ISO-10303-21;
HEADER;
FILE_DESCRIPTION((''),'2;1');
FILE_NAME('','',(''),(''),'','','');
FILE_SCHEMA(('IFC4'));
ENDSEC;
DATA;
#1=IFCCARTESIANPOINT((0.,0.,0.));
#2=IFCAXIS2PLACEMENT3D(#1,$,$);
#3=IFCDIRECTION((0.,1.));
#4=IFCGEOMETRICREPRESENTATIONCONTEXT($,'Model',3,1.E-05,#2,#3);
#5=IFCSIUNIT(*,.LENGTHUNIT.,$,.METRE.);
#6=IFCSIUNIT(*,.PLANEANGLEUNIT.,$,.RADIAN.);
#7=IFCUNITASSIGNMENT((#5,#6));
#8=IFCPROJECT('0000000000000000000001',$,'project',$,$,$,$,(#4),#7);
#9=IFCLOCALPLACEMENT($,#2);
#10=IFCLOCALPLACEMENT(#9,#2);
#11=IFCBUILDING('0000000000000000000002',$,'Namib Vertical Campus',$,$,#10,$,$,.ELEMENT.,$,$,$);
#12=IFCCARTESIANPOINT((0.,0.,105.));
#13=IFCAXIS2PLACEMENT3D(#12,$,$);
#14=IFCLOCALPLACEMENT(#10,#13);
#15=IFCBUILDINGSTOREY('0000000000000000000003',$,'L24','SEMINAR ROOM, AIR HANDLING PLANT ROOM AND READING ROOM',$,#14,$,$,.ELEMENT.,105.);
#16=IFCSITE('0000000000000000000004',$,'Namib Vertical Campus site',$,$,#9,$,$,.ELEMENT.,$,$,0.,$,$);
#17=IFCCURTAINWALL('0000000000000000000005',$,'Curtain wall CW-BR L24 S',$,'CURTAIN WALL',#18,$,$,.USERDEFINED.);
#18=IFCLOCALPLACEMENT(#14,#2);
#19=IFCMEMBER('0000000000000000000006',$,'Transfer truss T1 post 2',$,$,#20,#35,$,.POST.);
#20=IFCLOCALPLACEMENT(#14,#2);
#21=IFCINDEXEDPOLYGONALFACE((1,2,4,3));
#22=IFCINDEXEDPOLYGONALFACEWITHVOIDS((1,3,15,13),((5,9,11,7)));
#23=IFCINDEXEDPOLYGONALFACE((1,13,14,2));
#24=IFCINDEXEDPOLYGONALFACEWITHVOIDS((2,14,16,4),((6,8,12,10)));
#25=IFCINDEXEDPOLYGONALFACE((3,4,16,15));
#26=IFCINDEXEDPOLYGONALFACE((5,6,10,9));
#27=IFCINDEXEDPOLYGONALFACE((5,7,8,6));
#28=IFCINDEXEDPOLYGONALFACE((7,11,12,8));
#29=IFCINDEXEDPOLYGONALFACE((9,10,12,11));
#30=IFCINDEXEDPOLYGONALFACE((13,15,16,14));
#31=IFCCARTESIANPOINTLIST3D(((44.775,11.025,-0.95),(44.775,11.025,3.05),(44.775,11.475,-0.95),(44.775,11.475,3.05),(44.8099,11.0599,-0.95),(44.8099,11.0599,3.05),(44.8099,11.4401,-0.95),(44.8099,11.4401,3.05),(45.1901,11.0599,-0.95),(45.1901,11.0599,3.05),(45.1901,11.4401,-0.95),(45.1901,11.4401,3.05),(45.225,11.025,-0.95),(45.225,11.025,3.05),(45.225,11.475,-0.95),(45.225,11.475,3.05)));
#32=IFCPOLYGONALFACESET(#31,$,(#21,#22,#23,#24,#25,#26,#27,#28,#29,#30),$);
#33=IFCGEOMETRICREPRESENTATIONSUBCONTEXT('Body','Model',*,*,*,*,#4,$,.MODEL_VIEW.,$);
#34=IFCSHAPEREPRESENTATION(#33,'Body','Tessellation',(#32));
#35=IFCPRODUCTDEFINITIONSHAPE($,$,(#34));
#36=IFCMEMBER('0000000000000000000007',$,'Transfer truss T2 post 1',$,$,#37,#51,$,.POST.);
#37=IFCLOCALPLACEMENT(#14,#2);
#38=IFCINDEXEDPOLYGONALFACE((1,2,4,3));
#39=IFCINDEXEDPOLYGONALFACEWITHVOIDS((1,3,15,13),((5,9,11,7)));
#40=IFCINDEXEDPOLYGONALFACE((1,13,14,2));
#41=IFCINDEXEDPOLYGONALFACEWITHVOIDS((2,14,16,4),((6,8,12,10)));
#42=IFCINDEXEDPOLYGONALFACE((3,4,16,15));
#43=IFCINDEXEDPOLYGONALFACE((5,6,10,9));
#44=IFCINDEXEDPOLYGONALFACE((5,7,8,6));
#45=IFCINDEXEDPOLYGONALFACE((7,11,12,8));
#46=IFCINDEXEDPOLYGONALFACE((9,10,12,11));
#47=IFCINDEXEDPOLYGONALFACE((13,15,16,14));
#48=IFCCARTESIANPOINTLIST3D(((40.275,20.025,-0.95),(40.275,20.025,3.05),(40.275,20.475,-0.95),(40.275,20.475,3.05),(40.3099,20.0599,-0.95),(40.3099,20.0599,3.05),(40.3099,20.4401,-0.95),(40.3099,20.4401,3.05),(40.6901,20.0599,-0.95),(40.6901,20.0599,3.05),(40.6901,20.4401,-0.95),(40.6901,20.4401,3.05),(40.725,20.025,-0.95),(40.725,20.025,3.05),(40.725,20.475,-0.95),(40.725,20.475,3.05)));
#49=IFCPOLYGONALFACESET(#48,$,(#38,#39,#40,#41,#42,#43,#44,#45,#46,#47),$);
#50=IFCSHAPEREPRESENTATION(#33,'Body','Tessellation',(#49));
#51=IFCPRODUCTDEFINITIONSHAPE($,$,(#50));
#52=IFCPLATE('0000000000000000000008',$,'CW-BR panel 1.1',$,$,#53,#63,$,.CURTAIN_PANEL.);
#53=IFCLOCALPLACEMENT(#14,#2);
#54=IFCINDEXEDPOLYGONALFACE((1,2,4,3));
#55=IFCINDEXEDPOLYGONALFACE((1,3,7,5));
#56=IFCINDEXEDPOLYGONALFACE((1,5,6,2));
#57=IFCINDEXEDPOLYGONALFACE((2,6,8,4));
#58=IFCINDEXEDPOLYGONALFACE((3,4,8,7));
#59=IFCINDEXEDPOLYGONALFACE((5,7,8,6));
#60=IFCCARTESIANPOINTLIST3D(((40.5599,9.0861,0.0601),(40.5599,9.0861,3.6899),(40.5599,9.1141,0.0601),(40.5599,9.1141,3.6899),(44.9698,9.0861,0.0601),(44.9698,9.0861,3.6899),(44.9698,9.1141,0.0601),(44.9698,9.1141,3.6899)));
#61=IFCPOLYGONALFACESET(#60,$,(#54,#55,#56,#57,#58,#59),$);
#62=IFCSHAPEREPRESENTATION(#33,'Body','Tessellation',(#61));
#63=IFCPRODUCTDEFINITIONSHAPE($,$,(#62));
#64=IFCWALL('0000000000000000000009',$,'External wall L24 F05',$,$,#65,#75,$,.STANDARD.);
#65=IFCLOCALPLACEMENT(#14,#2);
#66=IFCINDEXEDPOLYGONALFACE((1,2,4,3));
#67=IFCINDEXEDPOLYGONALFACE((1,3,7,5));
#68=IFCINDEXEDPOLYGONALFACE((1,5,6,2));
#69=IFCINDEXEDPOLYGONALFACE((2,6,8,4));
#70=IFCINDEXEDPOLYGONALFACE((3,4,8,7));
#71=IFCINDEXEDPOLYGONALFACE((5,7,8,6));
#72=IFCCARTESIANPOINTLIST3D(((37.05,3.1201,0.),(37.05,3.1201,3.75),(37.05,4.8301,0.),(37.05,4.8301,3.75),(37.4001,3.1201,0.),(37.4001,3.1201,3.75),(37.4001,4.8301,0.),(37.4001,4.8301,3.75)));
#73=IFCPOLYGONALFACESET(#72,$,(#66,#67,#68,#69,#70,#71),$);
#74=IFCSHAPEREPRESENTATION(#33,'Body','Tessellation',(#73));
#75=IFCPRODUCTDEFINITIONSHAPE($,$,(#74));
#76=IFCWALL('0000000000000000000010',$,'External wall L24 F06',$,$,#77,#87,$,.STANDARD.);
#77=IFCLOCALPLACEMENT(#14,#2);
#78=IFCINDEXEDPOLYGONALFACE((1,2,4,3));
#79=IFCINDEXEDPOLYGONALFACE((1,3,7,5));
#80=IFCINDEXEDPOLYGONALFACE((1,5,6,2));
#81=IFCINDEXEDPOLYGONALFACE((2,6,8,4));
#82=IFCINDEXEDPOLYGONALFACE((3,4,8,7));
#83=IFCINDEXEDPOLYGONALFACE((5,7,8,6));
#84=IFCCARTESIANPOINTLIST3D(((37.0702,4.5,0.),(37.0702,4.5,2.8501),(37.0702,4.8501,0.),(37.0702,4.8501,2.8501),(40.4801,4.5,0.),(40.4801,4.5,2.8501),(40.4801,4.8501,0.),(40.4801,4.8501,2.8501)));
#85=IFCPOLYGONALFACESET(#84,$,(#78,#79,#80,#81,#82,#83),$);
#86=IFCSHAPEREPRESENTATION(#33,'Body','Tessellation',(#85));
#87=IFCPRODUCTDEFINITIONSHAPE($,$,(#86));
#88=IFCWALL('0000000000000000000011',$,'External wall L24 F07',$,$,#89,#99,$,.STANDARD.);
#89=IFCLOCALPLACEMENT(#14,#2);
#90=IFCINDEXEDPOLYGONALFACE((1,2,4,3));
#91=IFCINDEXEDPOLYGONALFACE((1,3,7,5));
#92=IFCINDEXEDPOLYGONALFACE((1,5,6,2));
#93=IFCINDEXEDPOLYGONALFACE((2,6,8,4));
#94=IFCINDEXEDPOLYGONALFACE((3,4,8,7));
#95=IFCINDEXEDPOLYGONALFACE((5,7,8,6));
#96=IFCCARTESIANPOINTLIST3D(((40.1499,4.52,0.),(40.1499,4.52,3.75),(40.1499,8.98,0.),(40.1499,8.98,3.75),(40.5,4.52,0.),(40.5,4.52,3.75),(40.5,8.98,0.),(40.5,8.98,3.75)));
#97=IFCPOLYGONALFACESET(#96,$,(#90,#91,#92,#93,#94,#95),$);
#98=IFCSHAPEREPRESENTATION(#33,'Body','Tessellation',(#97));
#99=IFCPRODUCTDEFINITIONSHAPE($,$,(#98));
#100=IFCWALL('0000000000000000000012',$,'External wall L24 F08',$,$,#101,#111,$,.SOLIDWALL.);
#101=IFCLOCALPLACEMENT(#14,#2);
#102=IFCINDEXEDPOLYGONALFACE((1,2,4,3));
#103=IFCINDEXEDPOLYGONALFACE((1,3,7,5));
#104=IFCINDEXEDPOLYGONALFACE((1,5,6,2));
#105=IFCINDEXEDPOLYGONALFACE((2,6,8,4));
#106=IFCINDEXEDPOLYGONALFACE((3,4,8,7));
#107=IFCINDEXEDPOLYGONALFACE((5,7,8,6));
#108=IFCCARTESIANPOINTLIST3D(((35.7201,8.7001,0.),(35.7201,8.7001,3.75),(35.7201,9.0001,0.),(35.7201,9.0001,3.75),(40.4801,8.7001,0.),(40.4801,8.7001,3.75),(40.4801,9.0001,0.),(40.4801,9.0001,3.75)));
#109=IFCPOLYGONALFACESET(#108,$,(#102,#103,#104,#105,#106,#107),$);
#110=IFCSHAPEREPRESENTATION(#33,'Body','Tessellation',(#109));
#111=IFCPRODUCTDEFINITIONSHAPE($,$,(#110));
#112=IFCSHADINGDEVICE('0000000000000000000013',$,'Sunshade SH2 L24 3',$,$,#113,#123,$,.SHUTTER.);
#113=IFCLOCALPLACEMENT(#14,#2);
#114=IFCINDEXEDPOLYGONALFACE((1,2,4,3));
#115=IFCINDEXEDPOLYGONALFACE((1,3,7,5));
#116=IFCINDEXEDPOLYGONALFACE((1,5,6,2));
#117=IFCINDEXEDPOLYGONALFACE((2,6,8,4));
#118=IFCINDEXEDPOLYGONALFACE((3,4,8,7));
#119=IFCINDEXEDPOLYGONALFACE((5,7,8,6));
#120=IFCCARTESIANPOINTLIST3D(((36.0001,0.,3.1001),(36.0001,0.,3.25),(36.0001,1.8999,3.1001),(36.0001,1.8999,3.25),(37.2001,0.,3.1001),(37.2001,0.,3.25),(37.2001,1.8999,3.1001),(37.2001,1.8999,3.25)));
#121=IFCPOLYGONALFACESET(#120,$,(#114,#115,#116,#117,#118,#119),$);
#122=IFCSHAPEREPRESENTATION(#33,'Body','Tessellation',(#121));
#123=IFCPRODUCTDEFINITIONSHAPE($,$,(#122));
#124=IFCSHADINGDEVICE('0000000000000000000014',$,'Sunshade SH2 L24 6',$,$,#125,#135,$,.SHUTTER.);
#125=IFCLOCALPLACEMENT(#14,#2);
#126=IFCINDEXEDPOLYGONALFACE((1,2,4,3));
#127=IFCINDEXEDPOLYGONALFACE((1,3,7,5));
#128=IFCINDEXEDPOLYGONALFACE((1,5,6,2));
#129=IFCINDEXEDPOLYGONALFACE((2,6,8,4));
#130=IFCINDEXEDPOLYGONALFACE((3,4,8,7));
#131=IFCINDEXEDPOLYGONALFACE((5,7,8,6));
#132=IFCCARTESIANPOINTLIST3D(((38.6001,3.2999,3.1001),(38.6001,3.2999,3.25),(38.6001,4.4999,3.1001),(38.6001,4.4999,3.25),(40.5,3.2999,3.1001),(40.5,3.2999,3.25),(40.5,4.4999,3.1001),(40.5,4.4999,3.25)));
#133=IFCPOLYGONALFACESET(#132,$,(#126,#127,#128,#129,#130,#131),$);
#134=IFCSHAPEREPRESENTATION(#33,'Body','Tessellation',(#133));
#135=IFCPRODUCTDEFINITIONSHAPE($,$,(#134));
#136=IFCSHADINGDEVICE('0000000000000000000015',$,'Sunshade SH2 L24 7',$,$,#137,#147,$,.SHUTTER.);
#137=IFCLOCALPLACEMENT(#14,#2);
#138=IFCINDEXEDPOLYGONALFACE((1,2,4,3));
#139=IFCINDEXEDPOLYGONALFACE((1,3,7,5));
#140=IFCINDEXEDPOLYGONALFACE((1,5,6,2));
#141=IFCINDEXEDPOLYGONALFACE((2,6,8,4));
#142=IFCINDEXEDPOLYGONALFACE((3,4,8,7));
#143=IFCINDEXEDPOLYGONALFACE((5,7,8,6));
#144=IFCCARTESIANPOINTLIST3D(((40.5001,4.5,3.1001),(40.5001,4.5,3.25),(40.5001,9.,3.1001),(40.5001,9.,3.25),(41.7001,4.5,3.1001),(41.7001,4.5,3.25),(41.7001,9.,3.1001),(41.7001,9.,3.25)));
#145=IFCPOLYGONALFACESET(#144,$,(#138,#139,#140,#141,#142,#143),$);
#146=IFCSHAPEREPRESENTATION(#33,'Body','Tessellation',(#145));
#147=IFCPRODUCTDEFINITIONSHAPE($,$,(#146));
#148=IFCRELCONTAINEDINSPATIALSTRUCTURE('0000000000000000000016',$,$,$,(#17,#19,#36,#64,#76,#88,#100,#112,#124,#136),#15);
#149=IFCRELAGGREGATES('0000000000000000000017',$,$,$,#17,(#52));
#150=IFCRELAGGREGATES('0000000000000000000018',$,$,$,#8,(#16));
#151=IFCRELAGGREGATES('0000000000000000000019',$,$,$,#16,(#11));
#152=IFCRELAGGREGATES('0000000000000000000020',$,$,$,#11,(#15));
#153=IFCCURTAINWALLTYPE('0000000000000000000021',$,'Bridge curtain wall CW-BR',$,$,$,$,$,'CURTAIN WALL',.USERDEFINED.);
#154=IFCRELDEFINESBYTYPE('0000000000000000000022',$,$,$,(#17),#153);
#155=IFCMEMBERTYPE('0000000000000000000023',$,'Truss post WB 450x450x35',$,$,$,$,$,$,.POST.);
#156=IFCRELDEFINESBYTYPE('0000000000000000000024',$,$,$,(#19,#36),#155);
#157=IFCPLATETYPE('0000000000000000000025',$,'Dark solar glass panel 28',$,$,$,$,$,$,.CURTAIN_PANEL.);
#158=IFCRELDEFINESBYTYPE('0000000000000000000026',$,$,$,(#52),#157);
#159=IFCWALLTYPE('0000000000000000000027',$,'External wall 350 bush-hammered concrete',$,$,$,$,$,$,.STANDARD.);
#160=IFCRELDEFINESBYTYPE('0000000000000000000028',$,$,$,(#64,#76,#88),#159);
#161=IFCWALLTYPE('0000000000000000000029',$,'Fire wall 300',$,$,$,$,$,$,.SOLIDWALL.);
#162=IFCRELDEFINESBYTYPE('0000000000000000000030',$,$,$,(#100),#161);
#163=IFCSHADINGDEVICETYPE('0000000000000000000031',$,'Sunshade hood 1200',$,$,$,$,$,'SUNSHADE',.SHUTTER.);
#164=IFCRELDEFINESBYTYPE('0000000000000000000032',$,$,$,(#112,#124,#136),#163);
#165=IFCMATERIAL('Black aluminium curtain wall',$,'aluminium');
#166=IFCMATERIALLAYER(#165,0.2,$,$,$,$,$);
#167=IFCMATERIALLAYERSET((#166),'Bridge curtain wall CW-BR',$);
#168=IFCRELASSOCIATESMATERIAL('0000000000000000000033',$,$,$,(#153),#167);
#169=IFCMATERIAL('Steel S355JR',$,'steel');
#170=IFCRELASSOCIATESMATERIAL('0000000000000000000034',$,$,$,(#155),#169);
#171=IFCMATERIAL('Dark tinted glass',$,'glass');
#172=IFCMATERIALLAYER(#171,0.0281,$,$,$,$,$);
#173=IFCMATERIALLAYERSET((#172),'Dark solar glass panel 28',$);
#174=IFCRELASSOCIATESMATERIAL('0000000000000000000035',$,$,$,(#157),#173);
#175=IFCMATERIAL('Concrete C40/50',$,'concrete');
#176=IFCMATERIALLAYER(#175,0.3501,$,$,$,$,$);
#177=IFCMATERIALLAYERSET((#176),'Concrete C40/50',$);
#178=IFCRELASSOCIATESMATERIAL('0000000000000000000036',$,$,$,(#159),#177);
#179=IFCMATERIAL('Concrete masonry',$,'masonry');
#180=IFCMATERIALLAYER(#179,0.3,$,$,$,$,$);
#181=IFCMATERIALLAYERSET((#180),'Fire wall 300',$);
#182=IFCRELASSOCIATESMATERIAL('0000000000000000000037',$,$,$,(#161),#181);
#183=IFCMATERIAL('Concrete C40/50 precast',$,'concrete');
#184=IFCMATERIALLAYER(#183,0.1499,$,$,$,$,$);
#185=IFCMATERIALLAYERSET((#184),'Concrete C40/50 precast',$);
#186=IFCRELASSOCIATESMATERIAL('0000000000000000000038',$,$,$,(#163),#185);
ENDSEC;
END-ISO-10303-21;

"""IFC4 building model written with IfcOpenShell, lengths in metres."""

from ifc_helpers import new_model, si_unit, direction, frame, frame_2d, origin, origin_2d, place, context, subcontext, project, spatial, rectangle, hollow_rectangle, extrude, material, layer, layer_set, material_profile, profile_set, type_object, element, aggregate, save


model = new_model("IFC4")

# Units and contexts
model_context = context("Model", 3, precision=1e-05, world=origin(), true_north=direction((0.0, 1.0)))
body_context = subcontext(model_context, "Body", "Model", "MODEL_VIEW")
ifc_project = project(units=[si_unit("LENGTHUNIT", "METRE"), si_unit("PLANEANGLEUNIT", "RADIAN")], contexts=[model_context])

# Site, building, storey
site_placement = place(None, origin())
site = spatial("IfcSite", under=ifc_project, at=site_placement, Name="Namib Vertical Campus site", CompositionType="ELEMENT", RefElevation=0.0)
building_placement = place(site_placement, origin())
building = spatial("IfcBuilding", under=site, at=building_placement, Name="Namib Vertical Campus", CompositionType="ELEMENT")
storey_placement = place(building_placement, frame((0.0, 0.0, 105.0)))
storey = spatial("IfcBuildingStorey", under=building, at=storey_placement, Name="L24", Description="SEMINAR ROOM, AIR HANDLING PLANT ROOM AND READING ROOM", CompositionType="ELEMENT", Elevation=105.0)

# Curtain wall
ifc_material_1 = material(Name="Black aluminium curtain wall", Category="aluminium")
ifc_layer_1 = layer(ifc_material_1, 0.2)
ifc_layer_set_1 = layer_set([ifc_layer_1], Name="Bridge curtain wall CW-BR")
curtain_wall_type = type_object("IfcCurtainWallType", Name="Bridge curtain wall CW-BR", ElementType="CURTAIN WALL", PredefinedType="USERDEFINED", material=ifc_layer_set_1)
curtain_wall_placement = place(storey_placement, origin())
curtain_wall = element("IfcCurtainWall", 1, at=curtain_wall_placement, inside=storey, type_object=curtain_wall_type, Name="Curtain wall CW-BR L24 S", ObjectType="CURTAIN WALL", PredefinedType="USERDEFINED")

# Members
ifc_material_2 = material(Name="Steel S355JR", Category="steel")
ifc_material_profile_1 = material_profile(ifc_material_2, hollow_rectangle(XDim=0.45, YDim=0.45, WallThickness=0.0349, at=origin_2d()))
ifc_profile_set_1 = profile_set([ifc_material_profile_1], Name="Steel S355JR")
member_type_1 = type_object("IfcMemberType", Name="Truss post WB 450x450x35", PredefinedType="POST", material=ifc_profile_set_1)
for number, where, z_axis, x_axis, name in (
    (2, (45.0, 11.25, -0.95), (0.0, 0.0, 1.0), (1.0, 0.0, 0.0), "Transfer truss T1 post 2"),
    (3, (40.5, 20.25, -0.95), (0.0, 0.0, 1.0), (1.0, 0.0, 0.0), "Transfer truss T2 post 1"),
):
    element("IfcMember", number, at=place(storey_placement, frame(where, z_axis=z_axis, x_axis=x_axis)), inside=storey, type_object=member_type_1, Name=name, PredefinedType="POST", context=body_context, shape_type="SweptSolid", body=[
        extrude(hollow_rectangle(XDim=0.45, YDim=0.45, WallThickness=0.0349, at=origin_2d()), origin(), (0.0, 0.0, 1.0), 4.0),
    ])

# Plate
ifc_material_3 = material(Name="Dark tinted glass", Category="glass")
ifc_layer_2 = layer(ifc_material_3, 0.0281)
ifc_layer_set_2 = layer_set([ifc_layer_2], Name="Dark solar glass panel 28")
plate_type = type_object("IfcPlateType", Name="Dark solar glass panel 28", PredefinedType="CURTAIN_PANEL", material=ifc_layer_set_2)
plate_placement = place(storey_placement, frame((42.7649, 9.1001, 0.0601), z_axis=(0.0, 0.0, 1.0), x_axis=(1.0, 0.0, 0.0)))
plate = element("IfcPlate", 4, at=plate_placement, type_object=plate_type, Name="CW-BR panel 1.1", PredefinedType="CURTAIN_PANEL", context=body_context, shape_type="SweptSolid", body=[
    extrude(rectangle(XDim=4.4099, YDim=0.0281, at=origin_2d()), origin(), (0.0, 0.0, 1.0), 3.6299),
])
aggregate(curtain_wall, [plate])

# Walls
ifc_material_4 = material(Name="Concrete C40/50", Category="concrete")
ifc_layer_3 = layer(ifc_material_4, 0.3501)
ifc_layer_set_3 = layer_set([ifc_layer_3], Name="Concrete C40/50")
wall_type_1 = type_object("IfcWallType", Name="External wall 350 bush-hammered concrete", PredefinedType="STANDARD", material=ifc_layer_set_3)
wall_1_placement = place(storey_placement, frame((37.2251, 3.1201, 0.0), z_axis=(0.0, 0.0, 1.0), x_axis=(0.0, 1.0, 0.0)))
element("IfcWall", 5, at=wall_1_placement, inside=storey, type_object=wall_type_1, Name="External wall L24 F05", PredefinedType="STANDARD", context=body_context, shape_type="SweptSolid", body=[
    extrude(rectangle(XDim=1.71, YDim=0.3501, at=frame_2d((0.855, 0.0))), origin(), (0.0, 0.0, 1.0), 3.75),
])
wall_2_placement = place(storey_placement, frame((37.0701, 4.675, 0.0), z_axis=(0.0, 0.0, 1.0), x_axis=(1.0, 0.0, 0.0)))
element("IfcWall", 6, at=wall_2_placement, inside=storey, type_object=wall_type_1, Name="External wall L24 F06", PredefinedType="STANDARD", context=body_context, shape_type="SweptSolid", body=[
    extrude(rectangle(XDim=3.4099, YDim=0.3501, at=frame_2d((1.7051, 0.0))), origin(), (0.0, 0.0, 1.0), 2.8501),
])
wall_3_placement = place(storey_placement, frame((40.325, 4.52, 0.0), z_axis=(0.0, 0.0, 1.0), x_axis=(0.0, 1.0, 0.0)))
element("IfcWall", 7, at=wall_3_placement, inside=storey, type_object=wall_type_1, Name="External wall L24 F07", PredefinedType="STANDARD", context=body_context, shape_type="SweptSolid", body=[
    extrude(rectangle(XDim=4.46, YDim=0.3501, at=frame_2d((2.23, 0.0))), origin(), (0.0, 0.0, 1.0), 3.75),
])
ifc_material_5 = material(Name="Concrete masonry", Category="masonry")
ifc_layer_4 = layer(ifc_material_5, 0.3)
ifc_layer_set_4 = layer_set([ifc_layer_4], Name="Fire wall 300")
wall_type_2 = type_object("IfcWallType", Name="Fire wall 300", PredefinedType="SOLIDWALL", material=ifc_layer_set_4)
wall_4_placement = place(storey_placement, frame((40.48, 8.8501, 0.0), z_axis=(0.0, 0.0, 1.0), x_axis=(-1.0, 0.0, 0.0)))
element("IfcWall", 8, at=wall_4_placement, inside=storey, type_object=wall_type_2, Name="External wall L24 F08", PredefinedType="SOLIDWALL", context=body_context, shape_type="SweptSolid", body=[
    extrude(rectangle(XDim=4.76, YDim=0.3, at=frame_2d((2.3799, 0.0))), origin(), (0.0, 0.0, 1.0), 3.75),
])

# Shading devices
ifc_material_6 = material(Name="Concrete C40/50 precast", Category="concrete")
ifc_layer_5 = layer(ifc_material_6, 0.1499)
ifc_layer_set_5 = layer_set([ifc_layer_5], Name="Concrete C40/50 precast")
shading_device_type = type_object("IfcShadingDeviceType", Name="Sunshade hood 1200", ElementType="SUNSHADE", PredefinedType="SHUTTER", material=ifc_layer_set_5)
for number, where, z_axis, x_axis, name in (
    (9, (36.6001, 0.95, 3.1001), (0.0, 0.0, 1.0), (0.0, 1.0, 0.0), "Sunshade SH2 L24 3"),
    (10, (39.55, 3.8999, 3.1001), (0.0, 0.0, 1.0), (1.0, 0.0, 0.0), "Sunshade SH2 L24 6"),
):
    element("IfcShadingDevice", number, at=place(storey_placement, frame(where, z_axis=z_axis, x_axis=x_axis)), inside=storey, type_object=shading_device_type, Name=name, PredefinedType="SHUTTER", context=body_context, shape_type="SweptSolid", body=[
        extrude(rectangle(XDim=1.8999, YDim=1.2, at=origin_2d()), origin(), (0.0, 0.0, 1.0), 0.1499),
    ])
shading_device_placement = place(storey_placement, frame((41.1001, 6.75, 3.1001), z_axis=(0.0, 0.0, 1.0), x_axis=(0.0, 1.0, 0.0)))
element("IfcShadingDevice", 11, at=shading_device_placement, inside=storey, type_object=shading_device_type, Name="Sunshade SH2 L24 7", PredefinedType="SHUTTER", context=body_context, shape_type="SweptSolid", body=[
    extrude(rectangle(XDim=4.5, YDim=1.2, at=origin_2d()), origin(), (0.0, 0.0, 1.0), 0.1499),
])

save(model, "model.ifc")
